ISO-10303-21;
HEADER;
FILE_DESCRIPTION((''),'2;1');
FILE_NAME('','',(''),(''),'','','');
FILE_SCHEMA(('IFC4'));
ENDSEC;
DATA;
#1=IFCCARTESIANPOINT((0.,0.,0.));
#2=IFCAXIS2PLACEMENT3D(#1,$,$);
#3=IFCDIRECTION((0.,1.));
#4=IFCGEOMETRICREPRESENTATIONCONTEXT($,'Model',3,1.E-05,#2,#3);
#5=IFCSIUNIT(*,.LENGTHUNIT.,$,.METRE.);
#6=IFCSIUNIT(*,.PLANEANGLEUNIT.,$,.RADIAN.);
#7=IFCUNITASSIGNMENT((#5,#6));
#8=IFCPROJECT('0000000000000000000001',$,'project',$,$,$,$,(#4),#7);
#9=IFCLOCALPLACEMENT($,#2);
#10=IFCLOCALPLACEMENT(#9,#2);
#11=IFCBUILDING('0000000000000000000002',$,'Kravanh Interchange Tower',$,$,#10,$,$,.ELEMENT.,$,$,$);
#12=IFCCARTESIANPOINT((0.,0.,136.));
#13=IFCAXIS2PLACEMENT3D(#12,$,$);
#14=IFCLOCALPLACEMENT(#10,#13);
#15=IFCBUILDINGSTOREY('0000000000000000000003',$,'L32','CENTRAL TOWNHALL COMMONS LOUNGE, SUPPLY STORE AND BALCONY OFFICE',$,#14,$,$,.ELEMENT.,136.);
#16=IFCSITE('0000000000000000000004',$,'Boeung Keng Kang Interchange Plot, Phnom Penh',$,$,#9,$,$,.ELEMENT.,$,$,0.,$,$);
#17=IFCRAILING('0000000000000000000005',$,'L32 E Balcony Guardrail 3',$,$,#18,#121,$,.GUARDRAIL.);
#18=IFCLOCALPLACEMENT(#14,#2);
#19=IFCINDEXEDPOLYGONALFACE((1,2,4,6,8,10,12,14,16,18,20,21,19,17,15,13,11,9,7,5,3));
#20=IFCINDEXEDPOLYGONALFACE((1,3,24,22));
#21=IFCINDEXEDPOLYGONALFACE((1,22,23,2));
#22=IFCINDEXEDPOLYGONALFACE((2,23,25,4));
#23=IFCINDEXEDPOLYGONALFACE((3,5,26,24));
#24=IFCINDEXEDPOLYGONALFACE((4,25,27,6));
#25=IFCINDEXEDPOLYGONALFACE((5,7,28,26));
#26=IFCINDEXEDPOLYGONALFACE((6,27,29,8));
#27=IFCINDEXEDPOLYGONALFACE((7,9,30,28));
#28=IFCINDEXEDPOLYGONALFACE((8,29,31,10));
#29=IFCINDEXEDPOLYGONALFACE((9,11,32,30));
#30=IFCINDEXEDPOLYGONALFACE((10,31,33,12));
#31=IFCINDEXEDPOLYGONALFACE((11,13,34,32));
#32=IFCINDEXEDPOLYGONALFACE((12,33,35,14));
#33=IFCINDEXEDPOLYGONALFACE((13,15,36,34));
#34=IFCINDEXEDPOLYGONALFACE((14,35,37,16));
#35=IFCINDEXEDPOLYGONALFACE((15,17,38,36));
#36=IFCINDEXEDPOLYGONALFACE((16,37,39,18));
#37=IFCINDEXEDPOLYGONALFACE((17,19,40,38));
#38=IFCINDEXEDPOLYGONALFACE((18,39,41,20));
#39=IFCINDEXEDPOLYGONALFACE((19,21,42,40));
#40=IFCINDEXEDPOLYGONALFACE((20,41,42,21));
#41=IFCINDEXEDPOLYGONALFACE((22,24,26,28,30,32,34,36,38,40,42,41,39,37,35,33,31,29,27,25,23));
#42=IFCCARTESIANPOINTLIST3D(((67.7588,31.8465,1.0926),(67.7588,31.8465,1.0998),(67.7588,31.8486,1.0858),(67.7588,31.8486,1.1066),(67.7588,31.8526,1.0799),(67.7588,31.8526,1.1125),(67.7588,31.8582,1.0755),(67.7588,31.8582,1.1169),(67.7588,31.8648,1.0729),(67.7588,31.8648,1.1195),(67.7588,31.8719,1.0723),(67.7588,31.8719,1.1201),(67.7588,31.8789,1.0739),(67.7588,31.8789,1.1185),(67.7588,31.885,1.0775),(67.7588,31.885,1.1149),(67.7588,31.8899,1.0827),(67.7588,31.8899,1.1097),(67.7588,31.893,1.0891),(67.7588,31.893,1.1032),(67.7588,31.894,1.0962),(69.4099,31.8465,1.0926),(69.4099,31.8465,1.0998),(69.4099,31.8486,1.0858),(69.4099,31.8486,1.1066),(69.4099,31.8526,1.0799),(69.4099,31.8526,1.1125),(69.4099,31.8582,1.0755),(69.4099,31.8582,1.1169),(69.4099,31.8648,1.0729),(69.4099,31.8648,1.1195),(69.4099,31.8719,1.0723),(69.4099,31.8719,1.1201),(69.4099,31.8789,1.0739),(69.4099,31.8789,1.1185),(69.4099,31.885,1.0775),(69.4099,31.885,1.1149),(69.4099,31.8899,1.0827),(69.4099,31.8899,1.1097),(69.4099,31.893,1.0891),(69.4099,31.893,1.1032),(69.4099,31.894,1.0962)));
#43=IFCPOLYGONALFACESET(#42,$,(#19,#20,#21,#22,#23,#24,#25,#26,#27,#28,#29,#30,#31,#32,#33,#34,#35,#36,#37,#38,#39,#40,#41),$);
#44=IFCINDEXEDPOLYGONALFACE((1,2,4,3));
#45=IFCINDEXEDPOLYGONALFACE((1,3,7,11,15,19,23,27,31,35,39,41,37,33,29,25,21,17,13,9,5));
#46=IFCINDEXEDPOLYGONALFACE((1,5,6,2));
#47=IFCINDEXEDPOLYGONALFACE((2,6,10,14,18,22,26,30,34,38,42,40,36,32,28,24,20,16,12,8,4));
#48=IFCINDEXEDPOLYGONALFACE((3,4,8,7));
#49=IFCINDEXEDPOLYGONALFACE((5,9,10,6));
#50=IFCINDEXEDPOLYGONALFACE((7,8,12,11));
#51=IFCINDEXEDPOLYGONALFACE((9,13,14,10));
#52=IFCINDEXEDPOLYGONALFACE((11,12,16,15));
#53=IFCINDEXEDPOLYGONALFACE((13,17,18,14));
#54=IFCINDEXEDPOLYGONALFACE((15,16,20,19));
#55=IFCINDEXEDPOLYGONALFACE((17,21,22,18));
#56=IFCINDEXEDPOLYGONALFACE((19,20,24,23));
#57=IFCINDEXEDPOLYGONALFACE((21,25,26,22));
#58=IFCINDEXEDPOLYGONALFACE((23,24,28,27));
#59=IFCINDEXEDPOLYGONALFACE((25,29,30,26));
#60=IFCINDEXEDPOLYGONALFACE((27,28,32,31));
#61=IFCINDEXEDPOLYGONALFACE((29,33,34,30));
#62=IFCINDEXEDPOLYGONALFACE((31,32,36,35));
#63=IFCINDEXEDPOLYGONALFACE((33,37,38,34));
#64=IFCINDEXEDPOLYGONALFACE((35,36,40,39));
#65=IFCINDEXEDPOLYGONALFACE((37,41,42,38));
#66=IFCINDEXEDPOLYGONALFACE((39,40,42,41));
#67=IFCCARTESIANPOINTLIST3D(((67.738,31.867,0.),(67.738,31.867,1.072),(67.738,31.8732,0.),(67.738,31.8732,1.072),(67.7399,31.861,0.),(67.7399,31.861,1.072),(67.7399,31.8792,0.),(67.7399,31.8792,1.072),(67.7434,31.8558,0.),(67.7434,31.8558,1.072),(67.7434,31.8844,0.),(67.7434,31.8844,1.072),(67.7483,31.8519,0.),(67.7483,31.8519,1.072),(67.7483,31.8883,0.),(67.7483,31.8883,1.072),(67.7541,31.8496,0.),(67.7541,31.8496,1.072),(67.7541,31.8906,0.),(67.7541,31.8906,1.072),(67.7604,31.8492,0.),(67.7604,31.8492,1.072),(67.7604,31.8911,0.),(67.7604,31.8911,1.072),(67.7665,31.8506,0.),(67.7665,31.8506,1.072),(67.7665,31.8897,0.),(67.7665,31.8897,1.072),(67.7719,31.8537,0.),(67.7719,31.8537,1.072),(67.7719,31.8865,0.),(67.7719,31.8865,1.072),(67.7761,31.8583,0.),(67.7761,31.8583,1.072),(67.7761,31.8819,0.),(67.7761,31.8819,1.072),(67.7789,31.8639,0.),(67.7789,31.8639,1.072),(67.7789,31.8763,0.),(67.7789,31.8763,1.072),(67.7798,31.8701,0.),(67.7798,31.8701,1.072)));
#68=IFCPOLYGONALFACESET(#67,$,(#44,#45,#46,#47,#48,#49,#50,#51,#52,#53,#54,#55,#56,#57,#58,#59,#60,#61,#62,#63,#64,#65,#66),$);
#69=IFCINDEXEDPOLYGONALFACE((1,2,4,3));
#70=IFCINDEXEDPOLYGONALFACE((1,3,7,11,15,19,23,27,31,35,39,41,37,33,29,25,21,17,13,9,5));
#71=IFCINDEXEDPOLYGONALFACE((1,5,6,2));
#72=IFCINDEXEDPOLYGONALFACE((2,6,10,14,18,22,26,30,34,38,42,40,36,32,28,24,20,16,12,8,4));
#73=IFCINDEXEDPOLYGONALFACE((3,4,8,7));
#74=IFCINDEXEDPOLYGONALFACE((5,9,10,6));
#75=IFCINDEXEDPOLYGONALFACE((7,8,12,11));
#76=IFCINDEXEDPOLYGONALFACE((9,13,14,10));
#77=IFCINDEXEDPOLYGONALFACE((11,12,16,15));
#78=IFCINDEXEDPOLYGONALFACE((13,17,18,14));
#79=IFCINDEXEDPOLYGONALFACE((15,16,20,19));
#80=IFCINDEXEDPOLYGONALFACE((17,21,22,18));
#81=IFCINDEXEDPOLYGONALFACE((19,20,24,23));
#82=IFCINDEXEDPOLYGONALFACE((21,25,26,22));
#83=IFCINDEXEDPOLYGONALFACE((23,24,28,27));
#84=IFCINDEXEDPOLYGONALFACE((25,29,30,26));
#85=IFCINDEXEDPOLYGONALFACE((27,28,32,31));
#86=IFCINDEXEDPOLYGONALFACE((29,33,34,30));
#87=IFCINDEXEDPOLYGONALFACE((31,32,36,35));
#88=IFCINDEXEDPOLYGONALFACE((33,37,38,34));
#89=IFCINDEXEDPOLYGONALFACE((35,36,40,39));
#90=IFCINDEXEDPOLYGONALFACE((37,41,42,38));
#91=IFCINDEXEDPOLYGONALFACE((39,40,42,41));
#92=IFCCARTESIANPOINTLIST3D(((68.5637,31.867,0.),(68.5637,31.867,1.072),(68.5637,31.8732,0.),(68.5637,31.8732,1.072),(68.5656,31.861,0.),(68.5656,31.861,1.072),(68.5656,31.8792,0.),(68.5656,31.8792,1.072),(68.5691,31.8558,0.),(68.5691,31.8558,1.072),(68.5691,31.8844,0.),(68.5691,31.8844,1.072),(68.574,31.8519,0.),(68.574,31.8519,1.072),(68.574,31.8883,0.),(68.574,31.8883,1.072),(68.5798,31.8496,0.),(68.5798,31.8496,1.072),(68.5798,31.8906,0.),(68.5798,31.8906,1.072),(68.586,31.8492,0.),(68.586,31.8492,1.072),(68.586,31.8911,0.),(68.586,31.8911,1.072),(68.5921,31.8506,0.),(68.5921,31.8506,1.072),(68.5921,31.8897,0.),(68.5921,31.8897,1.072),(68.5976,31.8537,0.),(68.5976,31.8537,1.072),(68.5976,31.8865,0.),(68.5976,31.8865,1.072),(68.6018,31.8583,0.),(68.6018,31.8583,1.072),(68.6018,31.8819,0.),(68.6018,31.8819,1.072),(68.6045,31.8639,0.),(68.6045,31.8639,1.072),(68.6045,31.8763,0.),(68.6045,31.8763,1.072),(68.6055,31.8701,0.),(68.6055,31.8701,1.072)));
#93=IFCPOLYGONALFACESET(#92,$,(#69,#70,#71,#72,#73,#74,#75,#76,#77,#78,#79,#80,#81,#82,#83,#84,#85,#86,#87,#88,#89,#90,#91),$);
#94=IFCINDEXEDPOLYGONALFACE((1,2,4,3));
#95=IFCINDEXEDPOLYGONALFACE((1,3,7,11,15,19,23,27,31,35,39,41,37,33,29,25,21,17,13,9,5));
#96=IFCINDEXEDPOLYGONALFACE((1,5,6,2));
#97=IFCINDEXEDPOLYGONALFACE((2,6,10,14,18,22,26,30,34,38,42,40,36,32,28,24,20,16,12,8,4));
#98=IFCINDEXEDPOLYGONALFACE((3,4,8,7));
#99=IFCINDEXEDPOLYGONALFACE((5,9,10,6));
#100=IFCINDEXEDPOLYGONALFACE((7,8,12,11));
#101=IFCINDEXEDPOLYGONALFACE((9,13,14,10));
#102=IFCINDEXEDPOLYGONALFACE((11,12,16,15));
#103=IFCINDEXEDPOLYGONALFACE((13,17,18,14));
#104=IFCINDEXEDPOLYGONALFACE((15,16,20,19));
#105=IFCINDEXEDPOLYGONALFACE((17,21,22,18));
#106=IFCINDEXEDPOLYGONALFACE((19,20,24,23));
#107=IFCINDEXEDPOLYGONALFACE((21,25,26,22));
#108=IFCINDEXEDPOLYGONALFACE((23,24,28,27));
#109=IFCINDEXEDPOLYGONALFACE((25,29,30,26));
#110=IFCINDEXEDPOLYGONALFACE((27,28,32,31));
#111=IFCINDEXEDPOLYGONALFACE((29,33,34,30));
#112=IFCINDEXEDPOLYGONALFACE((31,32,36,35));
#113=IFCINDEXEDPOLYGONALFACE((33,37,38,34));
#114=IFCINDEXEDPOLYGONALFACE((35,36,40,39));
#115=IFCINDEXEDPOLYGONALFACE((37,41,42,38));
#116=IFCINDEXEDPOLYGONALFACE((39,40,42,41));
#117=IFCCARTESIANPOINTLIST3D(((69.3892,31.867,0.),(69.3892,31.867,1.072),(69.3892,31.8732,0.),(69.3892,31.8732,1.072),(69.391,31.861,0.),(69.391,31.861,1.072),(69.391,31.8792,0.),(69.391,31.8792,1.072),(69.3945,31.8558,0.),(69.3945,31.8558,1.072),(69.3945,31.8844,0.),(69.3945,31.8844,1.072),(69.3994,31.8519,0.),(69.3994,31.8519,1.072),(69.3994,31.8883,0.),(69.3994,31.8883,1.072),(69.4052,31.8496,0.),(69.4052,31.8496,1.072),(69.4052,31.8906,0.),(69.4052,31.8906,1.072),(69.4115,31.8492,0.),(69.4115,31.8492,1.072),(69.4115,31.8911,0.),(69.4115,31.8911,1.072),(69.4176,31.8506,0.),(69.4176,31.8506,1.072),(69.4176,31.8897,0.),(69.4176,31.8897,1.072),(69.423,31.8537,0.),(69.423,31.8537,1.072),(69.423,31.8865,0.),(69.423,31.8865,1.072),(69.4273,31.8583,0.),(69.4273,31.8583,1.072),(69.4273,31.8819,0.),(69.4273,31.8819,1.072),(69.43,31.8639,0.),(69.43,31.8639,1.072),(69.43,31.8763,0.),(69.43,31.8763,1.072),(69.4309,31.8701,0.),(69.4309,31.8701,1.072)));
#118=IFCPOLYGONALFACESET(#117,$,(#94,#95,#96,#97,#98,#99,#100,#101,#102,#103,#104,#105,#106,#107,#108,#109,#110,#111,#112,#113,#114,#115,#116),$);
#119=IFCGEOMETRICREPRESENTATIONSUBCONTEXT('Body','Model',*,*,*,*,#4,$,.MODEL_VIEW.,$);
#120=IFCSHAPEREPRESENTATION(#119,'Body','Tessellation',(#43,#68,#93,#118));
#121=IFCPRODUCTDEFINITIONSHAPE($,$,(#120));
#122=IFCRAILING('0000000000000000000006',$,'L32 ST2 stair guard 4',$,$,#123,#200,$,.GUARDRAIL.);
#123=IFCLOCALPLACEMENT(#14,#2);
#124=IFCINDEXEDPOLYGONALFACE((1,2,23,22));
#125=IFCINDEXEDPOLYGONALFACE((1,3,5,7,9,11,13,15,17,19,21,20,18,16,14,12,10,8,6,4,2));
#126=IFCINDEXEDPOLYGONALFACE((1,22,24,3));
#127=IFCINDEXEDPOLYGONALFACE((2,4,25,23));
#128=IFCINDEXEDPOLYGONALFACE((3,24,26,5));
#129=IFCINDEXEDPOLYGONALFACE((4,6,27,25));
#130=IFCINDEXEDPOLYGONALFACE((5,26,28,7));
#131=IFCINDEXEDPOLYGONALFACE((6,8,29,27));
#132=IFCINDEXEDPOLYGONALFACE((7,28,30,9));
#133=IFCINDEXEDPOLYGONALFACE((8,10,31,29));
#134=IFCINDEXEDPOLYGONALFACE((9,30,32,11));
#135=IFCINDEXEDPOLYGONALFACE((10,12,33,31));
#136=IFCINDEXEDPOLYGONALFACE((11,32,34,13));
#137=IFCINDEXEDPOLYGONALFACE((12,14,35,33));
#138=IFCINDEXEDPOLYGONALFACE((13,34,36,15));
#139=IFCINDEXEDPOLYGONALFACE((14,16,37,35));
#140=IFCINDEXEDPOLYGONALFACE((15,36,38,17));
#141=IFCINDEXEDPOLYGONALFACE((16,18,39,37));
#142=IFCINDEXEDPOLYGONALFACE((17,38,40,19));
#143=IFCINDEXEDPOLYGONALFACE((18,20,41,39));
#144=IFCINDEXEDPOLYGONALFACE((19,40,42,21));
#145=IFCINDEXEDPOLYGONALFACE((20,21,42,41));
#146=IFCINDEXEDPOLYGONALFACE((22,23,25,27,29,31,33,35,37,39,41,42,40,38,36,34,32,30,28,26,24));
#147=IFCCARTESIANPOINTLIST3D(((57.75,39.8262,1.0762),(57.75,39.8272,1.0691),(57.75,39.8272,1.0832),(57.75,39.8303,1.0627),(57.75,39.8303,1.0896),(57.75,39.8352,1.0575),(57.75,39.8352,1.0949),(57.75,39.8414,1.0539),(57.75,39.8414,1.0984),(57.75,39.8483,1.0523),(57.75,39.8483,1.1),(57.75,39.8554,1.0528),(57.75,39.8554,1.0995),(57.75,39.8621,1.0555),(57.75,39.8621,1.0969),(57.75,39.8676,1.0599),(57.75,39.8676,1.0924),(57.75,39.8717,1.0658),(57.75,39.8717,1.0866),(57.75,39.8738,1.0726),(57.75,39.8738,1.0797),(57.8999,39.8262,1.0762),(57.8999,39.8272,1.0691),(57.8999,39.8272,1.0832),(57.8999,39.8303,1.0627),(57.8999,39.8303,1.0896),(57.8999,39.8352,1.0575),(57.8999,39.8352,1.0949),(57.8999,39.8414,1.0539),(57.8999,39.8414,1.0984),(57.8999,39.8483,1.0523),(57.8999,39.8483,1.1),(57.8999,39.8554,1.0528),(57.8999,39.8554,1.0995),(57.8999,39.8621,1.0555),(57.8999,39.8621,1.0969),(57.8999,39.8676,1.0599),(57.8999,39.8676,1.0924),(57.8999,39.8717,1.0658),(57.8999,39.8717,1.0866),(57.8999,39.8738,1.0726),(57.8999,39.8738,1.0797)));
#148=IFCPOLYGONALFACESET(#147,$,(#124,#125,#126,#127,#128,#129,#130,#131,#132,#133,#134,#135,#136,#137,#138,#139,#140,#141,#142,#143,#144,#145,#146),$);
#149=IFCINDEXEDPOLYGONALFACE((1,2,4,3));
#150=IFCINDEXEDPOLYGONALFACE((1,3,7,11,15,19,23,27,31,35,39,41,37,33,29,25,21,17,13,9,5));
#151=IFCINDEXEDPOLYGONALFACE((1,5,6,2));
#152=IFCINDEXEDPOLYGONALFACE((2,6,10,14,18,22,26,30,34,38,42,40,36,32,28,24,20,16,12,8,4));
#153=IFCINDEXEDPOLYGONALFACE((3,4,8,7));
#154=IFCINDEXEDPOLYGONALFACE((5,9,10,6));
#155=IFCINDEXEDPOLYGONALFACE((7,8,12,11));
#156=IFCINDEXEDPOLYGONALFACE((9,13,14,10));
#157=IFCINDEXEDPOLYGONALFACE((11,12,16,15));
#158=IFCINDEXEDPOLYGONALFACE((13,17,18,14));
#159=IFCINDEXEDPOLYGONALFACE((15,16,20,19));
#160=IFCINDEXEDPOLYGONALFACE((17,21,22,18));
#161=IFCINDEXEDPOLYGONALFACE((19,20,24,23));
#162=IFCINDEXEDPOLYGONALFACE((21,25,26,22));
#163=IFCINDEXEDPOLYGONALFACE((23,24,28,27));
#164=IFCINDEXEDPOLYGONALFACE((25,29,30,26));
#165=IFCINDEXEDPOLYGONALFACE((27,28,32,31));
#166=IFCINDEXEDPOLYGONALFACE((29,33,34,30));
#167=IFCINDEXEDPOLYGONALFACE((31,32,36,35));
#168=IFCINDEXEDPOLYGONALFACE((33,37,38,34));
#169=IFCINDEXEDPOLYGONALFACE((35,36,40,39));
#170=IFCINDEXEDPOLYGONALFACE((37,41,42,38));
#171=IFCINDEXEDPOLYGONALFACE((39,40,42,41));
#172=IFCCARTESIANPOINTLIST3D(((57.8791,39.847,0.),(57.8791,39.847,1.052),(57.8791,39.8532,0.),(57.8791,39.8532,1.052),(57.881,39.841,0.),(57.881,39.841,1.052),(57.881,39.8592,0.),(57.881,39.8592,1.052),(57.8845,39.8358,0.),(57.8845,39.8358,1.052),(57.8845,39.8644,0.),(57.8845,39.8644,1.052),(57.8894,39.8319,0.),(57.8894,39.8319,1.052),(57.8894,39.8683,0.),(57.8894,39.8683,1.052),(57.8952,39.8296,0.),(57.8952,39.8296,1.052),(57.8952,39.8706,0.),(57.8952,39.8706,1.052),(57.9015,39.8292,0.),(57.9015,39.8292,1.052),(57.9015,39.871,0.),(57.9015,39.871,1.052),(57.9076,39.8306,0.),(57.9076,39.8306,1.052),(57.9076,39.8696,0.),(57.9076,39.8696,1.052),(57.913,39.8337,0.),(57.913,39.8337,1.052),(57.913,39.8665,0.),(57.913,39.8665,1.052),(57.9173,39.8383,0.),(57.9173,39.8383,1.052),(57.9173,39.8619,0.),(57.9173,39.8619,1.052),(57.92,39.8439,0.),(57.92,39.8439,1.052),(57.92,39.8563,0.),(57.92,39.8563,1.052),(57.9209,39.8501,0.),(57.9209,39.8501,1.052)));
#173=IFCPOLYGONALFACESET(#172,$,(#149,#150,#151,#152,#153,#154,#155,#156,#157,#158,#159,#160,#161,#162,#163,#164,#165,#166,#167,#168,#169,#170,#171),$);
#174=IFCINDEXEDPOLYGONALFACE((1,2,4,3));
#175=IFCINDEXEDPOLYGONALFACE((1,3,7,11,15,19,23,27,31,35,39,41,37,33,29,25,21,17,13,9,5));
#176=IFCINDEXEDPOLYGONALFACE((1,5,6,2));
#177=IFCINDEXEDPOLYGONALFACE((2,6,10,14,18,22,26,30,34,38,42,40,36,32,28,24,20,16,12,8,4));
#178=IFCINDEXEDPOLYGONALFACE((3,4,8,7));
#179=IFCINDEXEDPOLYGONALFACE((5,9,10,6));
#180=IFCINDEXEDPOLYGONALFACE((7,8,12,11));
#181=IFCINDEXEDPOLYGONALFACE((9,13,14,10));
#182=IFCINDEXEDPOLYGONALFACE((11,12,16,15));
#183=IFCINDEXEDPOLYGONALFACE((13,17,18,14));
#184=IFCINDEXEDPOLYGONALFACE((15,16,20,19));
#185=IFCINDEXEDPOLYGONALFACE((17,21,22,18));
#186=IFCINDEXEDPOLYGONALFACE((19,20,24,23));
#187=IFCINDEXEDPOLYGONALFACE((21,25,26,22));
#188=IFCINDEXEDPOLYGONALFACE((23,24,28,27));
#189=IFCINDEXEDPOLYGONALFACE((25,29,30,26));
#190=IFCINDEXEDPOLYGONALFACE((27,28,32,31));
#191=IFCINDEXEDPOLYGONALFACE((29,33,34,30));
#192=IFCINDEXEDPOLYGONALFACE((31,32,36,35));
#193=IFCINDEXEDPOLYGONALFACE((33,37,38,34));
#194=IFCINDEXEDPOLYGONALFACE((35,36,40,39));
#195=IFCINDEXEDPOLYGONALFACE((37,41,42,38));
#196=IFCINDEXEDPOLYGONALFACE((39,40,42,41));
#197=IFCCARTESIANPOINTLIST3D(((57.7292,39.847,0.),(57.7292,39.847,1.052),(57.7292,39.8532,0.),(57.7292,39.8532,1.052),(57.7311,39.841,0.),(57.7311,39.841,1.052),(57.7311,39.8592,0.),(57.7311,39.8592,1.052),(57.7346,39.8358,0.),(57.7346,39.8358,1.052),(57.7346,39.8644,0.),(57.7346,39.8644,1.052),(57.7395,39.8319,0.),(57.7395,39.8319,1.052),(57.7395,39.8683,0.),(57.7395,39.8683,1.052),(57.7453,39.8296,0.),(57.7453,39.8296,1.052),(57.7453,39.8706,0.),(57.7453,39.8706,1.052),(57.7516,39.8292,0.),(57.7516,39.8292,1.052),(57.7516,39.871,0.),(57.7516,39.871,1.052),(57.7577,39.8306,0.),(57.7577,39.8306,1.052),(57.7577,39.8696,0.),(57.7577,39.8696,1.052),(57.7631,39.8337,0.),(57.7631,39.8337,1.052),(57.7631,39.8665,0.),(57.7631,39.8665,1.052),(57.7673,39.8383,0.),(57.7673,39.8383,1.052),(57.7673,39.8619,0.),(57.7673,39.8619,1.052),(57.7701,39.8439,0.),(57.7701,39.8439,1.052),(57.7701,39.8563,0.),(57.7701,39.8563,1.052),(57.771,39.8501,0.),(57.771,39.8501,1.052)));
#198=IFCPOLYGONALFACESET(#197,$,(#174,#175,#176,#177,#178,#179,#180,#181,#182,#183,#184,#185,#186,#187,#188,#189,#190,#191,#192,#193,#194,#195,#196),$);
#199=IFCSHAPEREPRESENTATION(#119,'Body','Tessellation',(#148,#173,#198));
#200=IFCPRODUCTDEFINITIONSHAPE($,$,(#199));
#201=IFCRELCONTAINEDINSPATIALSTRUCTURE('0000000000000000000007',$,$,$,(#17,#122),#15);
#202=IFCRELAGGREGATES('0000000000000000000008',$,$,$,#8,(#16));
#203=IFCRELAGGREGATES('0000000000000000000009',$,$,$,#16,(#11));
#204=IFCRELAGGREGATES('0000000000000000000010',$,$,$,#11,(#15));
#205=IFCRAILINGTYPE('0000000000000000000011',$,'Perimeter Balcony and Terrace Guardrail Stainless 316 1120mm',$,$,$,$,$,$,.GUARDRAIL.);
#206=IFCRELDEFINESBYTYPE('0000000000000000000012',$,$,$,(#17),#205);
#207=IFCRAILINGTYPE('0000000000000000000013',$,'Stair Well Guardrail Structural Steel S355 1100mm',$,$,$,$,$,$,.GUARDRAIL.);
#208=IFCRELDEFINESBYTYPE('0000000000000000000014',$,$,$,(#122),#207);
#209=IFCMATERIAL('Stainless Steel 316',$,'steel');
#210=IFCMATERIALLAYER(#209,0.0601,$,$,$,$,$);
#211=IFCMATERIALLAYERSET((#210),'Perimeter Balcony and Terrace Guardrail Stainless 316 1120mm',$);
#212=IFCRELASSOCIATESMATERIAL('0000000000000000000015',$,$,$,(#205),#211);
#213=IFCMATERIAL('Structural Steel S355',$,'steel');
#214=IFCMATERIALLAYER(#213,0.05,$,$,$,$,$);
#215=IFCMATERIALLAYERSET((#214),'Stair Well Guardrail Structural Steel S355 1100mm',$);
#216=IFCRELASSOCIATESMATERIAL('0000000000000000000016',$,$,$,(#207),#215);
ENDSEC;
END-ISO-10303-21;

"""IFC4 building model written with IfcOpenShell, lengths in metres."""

from ifc_helpers import new_model, si_unit, direction, frame, origin, origin_2d, place, context, subcontext, project, spatial, circle, extrude, material, layer, layer_set, type_object, element, save


model = new_model("IFC4")

# Units and contexts
model_context = context("Model", 3, precision=1e-05, world=origin(), true_north=direction((0.0, 1.0)))
body_context = subcontext(model_context, "Body", "Model", "MODEL_VIEW")
ifc_project = project(units=[si_unit("LENGTHUNIT", "METRE"), si_unit("PLANEANGLEUNIT", "RADIAN")], contexts=[model_context])

# Site, building, storey
site_placement = place(None, origin())
site = spatial("IfcSite", under=ifc_project, at=site_placement, Name="Boeung Keng Kang Interchange Plot, Phnom Penh", CompositionType="ELEMENT", RefElevation=0.0)
building_placement = place(site_placement, origin())
building = spatial("IfcBuilding", under=site, at=building_placement, Name="Kravanh Interchange Tower", CompositionType="ELEMENT")
storey_placement = place(building_placement, frame((0.0, 0.0, 136.0)))
storey = spatial("IfcBuildingStorey", under=building, at=storey_placement, Name="L32", Description="CENTRAL TOWNHALL COMMONS LOUNGE, SUPPLY STORE AND BALCONY OFFICE", CompositionType="ELEMENT", Elevation=136.0)

# Railings
ifc_material_1 = material(Name="Stainless Steel 316", Category="steel")
ifc_layer_1 = layer(ifc_material_1, 0.0601)
ifc_layer_set_1 = layer_set([ifc_layer_1], Name="Perimeter Balcony and Terrace Guardrail Stainless 316 1120mm")
railing_type_1 = type_object("IfcRailingType", Name="Perimeter Balcony and Terrace Guardrail Stainless 316 1120mm", PredefinedType="GUARDRAIL", material=ifc_layer_set_1)
railing_1_placement = place(storey_placement, frame((67.7588, 31.8701, 0.0)))
element("IfcRailing", 1, at=railing_1_placement, inside=storey, type_object=railing_type_1, Name="L32 E Balcony Guardrail 3", PredefinedType="GUARDRAIL", context=body_context, shape_type="SweptSolid", body=[
    extrude(circle(Radius=0.0239, at=origin_2d()), frame((0.0, 0.0, 1.0962), z_axis=(1.0, 0.0, 0.0), x_axis=(0.0, 1.0, 0.0)), (0.0, 0.0, 1.0), 1.6511),
    extrude(circle(Radius=0.021, at=origin_2d()), origin(), (0.0, 0.0, 1.0), 1.072),
    extrude(circle(Radius=0.021, at=origin_2d()), frame((0.8257, 0.0, 0.0)), (0.0, 0.0, 1.0), 1.072),
    extrude(circle(Radius=0.021, at=origin_2d()), frame((1.6511, 0.0, 0.0)), (0.0, 0.0, 1.0), 1.072),
])
ifc_material_2 = material(Name="Structural Steel S355", Category="steel")
ifc_layer_2 = layer(ifc_material_2, 0.05)
ifc_layer_set_2 = layer_set([ifc_layer_2], Name="Stair Well Guardrail Structural Steel S355 1100mm")
railing_type_2 = type_object("IfcRailingType", Name="Stair Well Guardrail Structural Steel S355 1100mm", PredefinedType="GUARDRAIL", material=ifc_layer_set_2)
railing_2_placement = place(storey_placement, frame((57.8999, 39.8501, 0.0)))
element("IfcRailing", 2, at=railing_2_placement, inside=storey, type_object=railing_type_2, Name="L32 ST2 stair guard 4", PredefinedType="GUARDRAIL", context=body_context, shape_type="SweptSolid", body=[
    extrude(circle(Radius=0.0239, at=origin_2d()), frame((0.0, 0.0, 1.0762), z_axis=(-1.0, 0.0, 0.0), x_axis=(0.0, -1.0, 0.0)), (0.0, 0.0, 1.0), 0.1499),
    extrude(circle(Radius=0.021, at=origin_2d()), origin(), (0.0, 0.0, 1.0), 1.052),
    extrude(circle(Radius=0.021, at=origin_2d()), frame((-0.1499, 0.0, 0.0)), (0.0, 0.0, 1.0), 1.052),
])

save(model, "model.ifc")
